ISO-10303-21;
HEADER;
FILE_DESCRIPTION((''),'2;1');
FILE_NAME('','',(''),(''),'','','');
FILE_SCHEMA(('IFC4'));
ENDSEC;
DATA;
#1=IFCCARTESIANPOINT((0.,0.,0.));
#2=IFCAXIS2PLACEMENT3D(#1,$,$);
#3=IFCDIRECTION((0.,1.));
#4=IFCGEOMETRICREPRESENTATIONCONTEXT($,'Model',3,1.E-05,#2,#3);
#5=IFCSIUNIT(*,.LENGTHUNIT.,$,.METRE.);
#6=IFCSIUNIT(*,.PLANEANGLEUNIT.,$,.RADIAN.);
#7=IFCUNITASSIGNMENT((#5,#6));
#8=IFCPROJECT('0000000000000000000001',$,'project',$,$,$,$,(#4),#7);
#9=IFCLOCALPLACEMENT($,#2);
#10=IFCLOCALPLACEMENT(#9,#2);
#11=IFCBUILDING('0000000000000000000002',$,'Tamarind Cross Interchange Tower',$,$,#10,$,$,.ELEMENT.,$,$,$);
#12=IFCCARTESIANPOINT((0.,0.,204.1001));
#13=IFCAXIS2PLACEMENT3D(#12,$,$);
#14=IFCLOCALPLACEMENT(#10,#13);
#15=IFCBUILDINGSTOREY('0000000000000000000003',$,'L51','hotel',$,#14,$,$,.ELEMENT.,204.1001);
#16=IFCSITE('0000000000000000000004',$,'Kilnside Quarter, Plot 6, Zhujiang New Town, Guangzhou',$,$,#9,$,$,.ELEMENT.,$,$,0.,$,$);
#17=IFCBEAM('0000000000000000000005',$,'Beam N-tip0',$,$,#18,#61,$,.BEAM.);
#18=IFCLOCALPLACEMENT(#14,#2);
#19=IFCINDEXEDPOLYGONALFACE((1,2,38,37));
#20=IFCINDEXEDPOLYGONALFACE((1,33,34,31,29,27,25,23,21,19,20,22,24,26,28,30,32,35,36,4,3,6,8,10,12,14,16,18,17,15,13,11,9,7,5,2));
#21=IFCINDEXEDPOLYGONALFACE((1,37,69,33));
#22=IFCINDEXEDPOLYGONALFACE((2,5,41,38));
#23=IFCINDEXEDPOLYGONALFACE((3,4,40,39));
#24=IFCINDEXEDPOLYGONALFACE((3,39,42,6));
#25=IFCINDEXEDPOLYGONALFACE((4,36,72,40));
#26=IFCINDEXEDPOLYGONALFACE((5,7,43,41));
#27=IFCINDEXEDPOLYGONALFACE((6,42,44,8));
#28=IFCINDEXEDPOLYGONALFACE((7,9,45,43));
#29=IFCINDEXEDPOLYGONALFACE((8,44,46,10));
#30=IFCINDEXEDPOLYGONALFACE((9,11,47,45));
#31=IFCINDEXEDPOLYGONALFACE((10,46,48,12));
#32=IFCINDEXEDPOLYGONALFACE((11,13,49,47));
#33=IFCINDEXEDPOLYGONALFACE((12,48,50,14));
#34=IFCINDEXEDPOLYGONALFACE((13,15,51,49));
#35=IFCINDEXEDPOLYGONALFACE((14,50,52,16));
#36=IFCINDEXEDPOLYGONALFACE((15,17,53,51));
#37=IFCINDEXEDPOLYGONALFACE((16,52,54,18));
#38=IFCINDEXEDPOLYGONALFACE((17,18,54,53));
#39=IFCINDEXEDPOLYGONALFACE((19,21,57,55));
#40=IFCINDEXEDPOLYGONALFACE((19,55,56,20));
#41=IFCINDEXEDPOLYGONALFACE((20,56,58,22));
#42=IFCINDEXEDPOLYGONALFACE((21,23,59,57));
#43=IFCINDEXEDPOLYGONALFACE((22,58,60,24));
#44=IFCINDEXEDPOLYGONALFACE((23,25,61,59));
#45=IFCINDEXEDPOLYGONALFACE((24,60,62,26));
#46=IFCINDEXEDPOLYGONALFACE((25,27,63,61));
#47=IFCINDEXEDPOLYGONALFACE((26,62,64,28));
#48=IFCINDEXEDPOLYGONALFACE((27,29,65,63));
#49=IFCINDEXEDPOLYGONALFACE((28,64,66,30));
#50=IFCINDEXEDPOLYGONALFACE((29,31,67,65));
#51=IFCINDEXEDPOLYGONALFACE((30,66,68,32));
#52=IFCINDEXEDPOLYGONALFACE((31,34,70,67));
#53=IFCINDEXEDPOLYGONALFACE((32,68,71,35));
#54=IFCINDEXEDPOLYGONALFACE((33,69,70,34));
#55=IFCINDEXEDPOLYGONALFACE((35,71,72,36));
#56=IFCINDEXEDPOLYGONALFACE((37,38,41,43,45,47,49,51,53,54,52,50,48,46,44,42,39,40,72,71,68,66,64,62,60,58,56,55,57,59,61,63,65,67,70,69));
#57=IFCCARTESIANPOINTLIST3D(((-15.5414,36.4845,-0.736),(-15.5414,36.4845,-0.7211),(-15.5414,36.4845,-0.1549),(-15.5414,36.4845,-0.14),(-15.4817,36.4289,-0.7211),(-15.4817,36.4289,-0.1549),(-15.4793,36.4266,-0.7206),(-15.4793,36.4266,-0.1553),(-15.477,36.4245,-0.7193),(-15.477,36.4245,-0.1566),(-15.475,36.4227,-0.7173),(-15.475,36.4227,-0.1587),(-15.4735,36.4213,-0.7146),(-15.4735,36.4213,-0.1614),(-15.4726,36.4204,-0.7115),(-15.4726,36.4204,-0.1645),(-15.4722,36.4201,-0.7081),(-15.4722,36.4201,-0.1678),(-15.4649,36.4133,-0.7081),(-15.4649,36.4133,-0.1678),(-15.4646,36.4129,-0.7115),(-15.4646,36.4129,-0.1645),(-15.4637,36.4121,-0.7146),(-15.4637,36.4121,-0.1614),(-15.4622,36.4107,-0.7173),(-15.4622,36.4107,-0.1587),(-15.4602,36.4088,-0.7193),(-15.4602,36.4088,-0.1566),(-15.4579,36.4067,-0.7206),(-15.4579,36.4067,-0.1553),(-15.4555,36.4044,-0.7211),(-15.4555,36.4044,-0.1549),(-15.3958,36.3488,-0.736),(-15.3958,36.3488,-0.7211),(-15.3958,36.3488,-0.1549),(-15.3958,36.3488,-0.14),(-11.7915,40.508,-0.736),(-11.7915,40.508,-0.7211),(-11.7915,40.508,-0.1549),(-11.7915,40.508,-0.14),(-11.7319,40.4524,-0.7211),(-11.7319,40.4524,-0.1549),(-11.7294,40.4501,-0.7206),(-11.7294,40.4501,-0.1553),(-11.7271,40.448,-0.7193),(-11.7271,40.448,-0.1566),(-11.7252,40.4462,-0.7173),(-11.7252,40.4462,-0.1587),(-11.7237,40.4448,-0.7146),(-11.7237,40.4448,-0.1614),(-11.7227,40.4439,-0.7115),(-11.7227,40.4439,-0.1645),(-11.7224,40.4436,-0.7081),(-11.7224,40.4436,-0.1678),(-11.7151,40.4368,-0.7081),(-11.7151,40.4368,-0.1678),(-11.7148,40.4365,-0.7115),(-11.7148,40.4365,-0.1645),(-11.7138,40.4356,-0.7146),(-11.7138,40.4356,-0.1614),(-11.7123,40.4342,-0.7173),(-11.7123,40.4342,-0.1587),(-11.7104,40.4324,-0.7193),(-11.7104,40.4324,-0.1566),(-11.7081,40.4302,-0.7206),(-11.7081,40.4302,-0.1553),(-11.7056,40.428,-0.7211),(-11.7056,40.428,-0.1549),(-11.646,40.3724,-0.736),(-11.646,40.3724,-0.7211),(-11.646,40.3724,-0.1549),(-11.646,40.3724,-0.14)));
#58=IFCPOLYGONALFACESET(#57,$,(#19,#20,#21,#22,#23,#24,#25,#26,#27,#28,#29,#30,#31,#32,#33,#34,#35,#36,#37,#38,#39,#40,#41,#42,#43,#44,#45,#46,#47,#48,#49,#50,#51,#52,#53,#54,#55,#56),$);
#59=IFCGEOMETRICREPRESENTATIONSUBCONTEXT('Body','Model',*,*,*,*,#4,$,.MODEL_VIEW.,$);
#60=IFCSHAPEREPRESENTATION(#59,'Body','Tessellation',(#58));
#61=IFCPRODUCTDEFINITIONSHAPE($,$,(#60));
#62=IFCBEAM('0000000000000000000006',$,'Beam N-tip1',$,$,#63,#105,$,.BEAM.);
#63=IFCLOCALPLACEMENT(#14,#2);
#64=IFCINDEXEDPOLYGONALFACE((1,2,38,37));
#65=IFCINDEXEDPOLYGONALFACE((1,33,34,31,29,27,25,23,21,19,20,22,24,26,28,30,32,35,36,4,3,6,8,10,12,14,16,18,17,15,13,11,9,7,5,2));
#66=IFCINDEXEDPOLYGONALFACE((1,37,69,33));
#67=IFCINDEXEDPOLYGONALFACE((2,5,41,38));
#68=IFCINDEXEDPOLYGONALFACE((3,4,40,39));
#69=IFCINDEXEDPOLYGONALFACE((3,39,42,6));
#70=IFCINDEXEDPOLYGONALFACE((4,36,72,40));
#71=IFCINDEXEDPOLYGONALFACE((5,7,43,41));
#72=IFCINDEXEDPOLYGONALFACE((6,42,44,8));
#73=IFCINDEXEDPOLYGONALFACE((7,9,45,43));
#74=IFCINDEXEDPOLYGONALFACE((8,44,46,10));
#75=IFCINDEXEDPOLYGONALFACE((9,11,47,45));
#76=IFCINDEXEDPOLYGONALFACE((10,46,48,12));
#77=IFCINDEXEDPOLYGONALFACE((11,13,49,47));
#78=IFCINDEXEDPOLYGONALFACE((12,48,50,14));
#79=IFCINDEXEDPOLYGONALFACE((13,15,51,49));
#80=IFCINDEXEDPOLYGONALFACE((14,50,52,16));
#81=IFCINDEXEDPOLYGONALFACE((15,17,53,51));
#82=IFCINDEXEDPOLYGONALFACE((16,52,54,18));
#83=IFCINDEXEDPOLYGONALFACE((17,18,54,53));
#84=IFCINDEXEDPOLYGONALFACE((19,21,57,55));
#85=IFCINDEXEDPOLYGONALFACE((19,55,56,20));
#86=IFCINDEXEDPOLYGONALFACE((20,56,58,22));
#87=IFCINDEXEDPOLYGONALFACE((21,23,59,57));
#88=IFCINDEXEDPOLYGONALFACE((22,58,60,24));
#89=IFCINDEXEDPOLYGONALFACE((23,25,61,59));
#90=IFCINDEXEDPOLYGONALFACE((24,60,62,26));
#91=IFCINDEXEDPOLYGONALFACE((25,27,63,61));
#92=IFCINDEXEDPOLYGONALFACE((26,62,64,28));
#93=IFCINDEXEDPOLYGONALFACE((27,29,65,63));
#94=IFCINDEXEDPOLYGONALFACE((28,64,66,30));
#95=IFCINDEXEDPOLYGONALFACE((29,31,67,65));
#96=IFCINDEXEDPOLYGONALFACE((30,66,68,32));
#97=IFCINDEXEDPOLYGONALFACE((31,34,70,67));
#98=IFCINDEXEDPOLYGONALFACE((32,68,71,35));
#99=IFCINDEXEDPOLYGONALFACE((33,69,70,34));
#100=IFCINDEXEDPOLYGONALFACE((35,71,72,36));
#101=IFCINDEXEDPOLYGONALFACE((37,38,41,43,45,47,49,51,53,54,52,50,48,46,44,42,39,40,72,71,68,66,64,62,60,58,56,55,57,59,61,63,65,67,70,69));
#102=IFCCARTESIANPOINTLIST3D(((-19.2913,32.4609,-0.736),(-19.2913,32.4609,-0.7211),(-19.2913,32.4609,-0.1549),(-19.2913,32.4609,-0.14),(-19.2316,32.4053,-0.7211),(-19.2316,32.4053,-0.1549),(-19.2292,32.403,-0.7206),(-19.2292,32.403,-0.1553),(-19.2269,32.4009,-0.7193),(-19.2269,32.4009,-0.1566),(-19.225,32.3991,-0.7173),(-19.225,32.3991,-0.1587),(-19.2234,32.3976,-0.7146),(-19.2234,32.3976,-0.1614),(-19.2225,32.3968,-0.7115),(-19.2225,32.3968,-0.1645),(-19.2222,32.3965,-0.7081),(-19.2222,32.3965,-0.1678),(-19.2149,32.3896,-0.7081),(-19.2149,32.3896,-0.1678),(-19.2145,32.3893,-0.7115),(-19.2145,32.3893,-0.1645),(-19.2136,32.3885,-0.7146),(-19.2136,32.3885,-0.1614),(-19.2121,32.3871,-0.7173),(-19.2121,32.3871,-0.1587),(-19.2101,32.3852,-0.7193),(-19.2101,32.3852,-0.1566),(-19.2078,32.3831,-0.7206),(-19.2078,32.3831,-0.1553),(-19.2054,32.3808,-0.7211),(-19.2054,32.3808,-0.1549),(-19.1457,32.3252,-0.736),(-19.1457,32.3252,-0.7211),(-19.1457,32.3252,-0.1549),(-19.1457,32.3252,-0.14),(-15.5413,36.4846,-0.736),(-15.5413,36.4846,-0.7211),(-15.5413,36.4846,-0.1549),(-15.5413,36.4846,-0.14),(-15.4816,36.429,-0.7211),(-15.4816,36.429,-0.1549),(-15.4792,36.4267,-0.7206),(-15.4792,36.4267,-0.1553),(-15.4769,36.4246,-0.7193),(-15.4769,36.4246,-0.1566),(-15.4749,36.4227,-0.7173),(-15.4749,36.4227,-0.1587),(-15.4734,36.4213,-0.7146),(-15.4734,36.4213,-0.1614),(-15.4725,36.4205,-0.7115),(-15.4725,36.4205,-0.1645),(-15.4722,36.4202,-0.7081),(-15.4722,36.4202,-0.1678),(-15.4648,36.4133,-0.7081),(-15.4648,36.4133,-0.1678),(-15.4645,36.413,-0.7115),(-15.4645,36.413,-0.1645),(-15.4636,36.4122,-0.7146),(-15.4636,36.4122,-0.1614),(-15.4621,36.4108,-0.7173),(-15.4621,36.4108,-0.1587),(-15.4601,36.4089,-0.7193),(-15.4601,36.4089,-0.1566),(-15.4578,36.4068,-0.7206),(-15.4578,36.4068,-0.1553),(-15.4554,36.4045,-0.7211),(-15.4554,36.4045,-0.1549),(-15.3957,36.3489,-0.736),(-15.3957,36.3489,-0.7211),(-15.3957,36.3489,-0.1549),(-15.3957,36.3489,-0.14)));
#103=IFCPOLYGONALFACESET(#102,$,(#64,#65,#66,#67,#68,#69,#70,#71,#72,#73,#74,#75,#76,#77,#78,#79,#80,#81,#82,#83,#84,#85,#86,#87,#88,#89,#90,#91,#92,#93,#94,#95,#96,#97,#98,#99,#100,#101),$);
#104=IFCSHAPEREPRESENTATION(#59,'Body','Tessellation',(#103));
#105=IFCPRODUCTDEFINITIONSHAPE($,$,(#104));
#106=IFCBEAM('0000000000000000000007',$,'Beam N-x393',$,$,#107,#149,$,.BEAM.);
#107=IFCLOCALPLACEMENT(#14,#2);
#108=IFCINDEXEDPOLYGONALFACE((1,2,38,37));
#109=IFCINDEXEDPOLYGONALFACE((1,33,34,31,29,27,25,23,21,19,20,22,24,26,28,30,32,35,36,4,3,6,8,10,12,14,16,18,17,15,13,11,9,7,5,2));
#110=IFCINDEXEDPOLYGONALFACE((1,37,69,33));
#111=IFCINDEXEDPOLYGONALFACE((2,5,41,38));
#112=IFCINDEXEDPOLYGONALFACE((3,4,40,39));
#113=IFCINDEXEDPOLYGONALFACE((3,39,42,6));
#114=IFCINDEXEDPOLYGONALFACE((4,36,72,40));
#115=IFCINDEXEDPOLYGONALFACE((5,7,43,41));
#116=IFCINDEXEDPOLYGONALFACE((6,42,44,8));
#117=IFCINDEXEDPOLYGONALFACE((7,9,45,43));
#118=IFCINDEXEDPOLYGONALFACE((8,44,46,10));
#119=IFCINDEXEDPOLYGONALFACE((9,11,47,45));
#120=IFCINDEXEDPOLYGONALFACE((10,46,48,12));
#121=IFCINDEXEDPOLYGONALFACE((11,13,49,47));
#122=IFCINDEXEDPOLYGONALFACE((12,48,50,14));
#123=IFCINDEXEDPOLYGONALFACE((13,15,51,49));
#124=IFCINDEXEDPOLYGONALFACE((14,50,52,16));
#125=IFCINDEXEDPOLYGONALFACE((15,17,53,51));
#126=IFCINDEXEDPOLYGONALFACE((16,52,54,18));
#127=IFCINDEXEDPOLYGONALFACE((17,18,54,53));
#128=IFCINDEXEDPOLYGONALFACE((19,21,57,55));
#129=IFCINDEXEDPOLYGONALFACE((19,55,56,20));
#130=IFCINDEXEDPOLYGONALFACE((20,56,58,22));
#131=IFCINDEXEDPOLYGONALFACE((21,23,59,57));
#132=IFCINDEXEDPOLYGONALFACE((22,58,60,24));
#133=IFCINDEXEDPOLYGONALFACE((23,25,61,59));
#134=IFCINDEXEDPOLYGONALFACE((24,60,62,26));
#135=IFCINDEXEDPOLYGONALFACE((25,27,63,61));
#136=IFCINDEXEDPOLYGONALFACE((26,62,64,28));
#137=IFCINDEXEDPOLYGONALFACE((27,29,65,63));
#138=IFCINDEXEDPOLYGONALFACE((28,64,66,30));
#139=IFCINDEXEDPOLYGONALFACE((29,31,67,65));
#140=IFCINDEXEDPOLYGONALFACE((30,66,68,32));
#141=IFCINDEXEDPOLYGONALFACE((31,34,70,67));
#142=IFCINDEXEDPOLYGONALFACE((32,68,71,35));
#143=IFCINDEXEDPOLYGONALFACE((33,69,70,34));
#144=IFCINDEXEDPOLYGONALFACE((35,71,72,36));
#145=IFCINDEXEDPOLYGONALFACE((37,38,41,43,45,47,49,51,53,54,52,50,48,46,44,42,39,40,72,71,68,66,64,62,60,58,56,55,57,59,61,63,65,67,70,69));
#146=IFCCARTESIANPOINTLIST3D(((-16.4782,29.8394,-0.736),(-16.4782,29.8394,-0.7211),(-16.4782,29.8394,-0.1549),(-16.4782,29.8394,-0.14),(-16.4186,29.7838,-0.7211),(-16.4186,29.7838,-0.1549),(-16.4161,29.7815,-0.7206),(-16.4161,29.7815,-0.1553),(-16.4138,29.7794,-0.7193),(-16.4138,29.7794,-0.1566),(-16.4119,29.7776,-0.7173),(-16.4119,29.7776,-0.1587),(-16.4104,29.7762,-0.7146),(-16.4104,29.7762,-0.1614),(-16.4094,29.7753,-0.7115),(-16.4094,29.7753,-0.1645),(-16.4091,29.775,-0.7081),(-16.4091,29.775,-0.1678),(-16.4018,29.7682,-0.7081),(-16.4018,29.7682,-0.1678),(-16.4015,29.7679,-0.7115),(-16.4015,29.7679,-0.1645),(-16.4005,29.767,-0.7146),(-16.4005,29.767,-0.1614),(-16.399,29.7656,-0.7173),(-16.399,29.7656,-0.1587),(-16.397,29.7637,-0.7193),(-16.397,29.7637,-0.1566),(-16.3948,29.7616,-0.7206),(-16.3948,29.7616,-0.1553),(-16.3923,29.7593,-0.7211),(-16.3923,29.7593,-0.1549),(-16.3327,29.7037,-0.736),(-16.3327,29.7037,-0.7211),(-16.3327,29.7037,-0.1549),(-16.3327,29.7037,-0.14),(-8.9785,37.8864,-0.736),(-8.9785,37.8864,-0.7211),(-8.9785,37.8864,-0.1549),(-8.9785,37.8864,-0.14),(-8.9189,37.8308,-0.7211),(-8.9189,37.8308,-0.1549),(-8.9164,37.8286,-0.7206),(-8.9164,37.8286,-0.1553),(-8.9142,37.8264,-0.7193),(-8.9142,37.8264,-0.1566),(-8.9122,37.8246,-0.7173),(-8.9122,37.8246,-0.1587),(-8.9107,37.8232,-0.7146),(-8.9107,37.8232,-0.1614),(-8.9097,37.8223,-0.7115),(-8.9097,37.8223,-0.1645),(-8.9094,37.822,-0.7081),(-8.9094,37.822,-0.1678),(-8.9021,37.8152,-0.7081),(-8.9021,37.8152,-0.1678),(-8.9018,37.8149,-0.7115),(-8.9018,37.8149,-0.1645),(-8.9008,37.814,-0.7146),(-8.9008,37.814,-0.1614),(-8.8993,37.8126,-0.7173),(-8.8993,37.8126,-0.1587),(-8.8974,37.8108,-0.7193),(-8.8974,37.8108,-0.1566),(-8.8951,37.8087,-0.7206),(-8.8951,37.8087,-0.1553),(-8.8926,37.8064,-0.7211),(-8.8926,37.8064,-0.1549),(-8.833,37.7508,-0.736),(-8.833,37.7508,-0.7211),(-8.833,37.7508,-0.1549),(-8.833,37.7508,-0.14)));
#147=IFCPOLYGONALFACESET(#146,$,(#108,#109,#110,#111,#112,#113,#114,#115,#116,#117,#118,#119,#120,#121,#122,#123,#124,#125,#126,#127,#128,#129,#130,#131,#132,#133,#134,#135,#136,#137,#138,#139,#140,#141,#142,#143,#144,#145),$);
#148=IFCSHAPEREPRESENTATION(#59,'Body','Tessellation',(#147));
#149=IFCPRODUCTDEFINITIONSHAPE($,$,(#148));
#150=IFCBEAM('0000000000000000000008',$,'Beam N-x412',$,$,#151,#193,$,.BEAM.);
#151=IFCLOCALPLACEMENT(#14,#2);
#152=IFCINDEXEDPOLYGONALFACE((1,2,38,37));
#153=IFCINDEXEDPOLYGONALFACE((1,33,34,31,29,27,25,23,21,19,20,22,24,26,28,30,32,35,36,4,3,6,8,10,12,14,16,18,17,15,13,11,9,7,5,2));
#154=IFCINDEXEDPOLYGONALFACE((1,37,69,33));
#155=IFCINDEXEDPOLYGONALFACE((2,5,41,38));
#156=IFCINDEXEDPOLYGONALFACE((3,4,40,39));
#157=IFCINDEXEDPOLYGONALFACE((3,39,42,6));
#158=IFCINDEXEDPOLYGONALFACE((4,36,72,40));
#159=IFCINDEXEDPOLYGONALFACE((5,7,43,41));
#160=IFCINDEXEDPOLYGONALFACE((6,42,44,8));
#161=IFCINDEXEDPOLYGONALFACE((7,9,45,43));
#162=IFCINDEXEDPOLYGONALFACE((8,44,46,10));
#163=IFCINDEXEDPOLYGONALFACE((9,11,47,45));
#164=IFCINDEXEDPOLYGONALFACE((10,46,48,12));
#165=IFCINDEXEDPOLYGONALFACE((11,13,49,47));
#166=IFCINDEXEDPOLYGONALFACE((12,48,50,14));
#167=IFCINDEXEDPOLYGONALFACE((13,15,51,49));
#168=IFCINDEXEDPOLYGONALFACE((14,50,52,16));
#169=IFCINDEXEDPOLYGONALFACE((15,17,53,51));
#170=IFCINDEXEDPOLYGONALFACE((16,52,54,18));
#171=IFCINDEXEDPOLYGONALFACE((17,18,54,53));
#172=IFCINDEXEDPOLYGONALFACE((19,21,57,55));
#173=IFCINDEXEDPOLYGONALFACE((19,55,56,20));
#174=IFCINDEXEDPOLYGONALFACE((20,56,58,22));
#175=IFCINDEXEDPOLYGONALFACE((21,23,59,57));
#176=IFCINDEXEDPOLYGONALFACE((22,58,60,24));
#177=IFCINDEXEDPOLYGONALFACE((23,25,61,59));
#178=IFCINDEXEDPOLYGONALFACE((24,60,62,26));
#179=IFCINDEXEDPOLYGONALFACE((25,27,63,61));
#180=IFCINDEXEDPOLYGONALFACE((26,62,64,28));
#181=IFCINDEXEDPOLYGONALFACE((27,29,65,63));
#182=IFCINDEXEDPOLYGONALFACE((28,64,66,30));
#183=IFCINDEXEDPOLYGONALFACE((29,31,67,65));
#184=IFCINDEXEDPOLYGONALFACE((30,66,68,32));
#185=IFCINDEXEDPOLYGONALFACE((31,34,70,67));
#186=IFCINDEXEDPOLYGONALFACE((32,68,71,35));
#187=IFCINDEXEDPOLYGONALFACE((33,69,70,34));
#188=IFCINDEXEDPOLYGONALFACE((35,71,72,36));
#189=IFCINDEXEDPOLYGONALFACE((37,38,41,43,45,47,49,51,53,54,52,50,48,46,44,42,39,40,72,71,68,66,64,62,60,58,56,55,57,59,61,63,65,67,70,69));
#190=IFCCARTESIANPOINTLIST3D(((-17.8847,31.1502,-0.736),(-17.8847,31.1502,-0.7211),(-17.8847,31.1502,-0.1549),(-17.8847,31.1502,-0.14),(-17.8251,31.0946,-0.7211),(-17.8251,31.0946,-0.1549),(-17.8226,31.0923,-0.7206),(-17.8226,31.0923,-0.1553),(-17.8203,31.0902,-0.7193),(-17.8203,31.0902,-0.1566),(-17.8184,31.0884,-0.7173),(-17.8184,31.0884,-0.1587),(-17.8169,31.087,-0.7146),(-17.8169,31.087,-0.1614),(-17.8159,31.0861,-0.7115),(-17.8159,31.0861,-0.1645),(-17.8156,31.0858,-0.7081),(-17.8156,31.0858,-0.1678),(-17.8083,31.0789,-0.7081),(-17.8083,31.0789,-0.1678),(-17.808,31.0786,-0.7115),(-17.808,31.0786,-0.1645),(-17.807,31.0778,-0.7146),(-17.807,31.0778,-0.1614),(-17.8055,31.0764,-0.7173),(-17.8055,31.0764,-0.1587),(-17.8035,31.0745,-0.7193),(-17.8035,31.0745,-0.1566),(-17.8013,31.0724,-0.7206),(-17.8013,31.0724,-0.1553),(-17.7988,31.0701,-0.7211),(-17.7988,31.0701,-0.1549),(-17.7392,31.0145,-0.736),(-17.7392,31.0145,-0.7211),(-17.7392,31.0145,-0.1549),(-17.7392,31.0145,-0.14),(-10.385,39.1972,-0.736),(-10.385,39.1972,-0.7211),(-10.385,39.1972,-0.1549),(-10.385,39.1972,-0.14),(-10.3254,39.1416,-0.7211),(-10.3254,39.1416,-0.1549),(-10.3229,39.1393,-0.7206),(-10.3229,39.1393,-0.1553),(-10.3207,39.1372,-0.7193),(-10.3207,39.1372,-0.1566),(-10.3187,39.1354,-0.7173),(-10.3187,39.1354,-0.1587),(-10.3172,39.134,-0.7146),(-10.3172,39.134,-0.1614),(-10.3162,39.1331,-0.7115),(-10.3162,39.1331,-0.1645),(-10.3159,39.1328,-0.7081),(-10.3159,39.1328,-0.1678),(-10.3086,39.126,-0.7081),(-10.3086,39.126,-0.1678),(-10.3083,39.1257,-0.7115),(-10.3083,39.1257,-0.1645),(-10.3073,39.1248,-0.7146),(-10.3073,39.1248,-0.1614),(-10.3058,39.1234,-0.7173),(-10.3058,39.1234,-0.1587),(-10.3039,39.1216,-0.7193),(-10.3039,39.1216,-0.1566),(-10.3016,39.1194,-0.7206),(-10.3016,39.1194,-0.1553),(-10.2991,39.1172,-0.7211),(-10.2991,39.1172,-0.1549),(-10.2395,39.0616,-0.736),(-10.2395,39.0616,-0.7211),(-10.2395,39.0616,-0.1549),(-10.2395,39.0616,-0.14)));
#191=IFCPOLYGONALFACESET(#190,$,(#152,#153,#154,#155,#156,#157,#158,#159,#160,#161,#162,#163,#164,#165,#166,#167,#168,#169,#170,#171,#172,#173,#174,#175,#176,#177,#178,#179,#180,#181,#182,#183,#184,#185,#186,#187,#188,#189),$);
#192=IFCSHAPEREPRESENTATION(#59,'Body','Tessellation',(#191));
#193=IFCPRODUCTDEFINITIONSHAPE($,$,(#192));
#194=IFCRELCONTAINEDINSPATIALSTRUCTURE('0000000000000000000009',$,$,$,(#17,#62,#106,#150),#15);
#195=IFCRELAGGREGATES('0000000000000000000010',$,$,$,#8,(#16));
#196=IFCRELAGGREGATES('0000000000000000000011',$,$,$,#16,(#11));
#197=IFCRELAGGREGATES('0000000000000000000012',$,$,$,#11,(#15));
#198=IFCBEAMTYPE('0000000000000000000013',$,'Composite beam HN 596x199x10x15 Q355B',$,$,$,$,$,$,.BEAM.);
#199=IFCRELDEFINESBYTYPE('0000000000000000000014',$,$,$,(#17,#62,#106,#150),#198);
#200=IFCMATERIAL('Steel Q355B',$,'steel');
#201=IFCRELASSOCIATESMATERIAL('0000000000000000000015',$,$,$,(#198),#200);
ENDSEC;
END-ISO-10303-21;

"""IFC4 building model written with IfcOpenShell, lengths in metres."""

from ifc_helpers import new_model, si_unit, direction, frame, origin, origin_2d, place, context, subcontext, project, spatial, i_section, extrude, material, material_profile, profile_set, type_object, element, save


model = new_model("IFC4")

# Units and contexts
model_context = context("Model", 3, precision=1e-05, world=origin(), true_north=direction((0.0, 1.0)))
body_context = subcontext(model_context, "Body", "Model", "MODEL_VIEW")
ifc_project = project(units=[si_unit("LENGTHUNIT", "METRE"), si_unit("PLANEANGLEUNIT", "RADIAN")], contexts=[model_context])

# Site, building, storey
site_placement = place(None, origin())
site = spatial("IfcSite", under=ifc_project, at=site_placement, Name="Kilnside Quarter, Plot 6, Zhujiang New Town, Guangzhou", CompositionType="ELEMENT", RefElevation=0.0)
building_placement = place(site_placement, origin())
building = spatial("IfcBuilding", under=site, at=building_placement, Name="Tamarind Cross Interchange Tower", CompositionType="ELEMENT")
storey_placement = place(building_placement, frame((0.0, 0.0, 204.1001)))
storey = spatial("IfcBuildingStorey", under=building, at=storey_placement, Name="L51", Description="hotel", CompositionType="ELEMENT", Elevation=204.1001)

# Beams
ifc_material_1 = material(Name="Steel Q355B", Category="steel")
ifc_material_profile_1 = material_profile(ifc_material_1, i_section(OverallWidth=0.199, OverallDepth=0.5959, WebThickness=0.01, FlangeThickness=0.0149, FilletRadius=0.0129, at=origin_2d()), Name="HN 596x199x10x15")
ifc_profile_set_1 = profile_set([ifc_material_profile_1], Name="Steel Q355B")
beam_type_1 = type_object("IfcBeamType", Name="Composite beam HN 596x199x10x15 Q355B", PredefinedType="BEAM", material=ifc_profile_set_1)
beam_1_placement = place(storey_placement, frame((-11.7188, 40.4402, -0.438), z_axis=(-0.681788, -0.73155, 0.0), x_axis=(0.73155, -0.681788, 0.0)))
element("IfcBeam", 1, at=beam_1_placement, inside=storey, type_object=beam_type_1, Name="Beam N-tip0", PredefinedType="BEAM", context=body_context, shape_type="SweptSolid", body=[
    extrude(i_section(OverallWidth=0.199, OverallDepth=0.5959, WebThickness=0.01, FlangeThickness=0.0149, FilletRadius=0.0129, at=origin_2d()), origin(), (0.0, 0.0, 1.0), 5.5),
])
beam_2_placement = place(storey_placement, frame((-15.4685, 36.4167, -0.438), z_axis=(-0.68179, -0.731548, 0.0), x_axis=(0.731548, -0.68179, 0.0)))
element("IfcBeam", 2, at=beam_2_placement, inside=storey, type_object=beam_type_1, Name="Beam N-tip1", PredefinedType="BEAM", context=body_context, shape_type="SweptSolid", body=[
    extrude(i_section(OverallWidth=0.199, OverallDepth=0.5959, WebThickness=0.01, FlangeThickness=0.0149, FilletRadius=0.0129, at=origin_2d()), origin(), (0.0, 0.0, 1.0), 5.5002),
])
for number, where, z_axis, x_axis, name in (
    (3, (-8.9058, 37.8186, -0.438), (-0.681789, -0.731549, 0.0), (0.731549, -0.681789, 0.0), "Beam N-x393"),
    (4, (-10.3123, 39.1294, -0.438), (-0.681789, -0.731549, 0.0), (0.731549, -0.681789, 0.0), "Beam N-x412"),
):
    element("IfcBeam", number, at=place(storey_placement, frame(where, z_axis=z_axis, x_axis=x_axis)), inside=storey, type_object=beam_type_1, Name=name, PredefinedType="BEAM", context=body_context, shape_type="SweptSolid", body=[
        extrude(i_section(OverallWidth=0.199, OverallDepth=0.5959, WebThickness=0.01, FlangeThickness=0.0149, FilletRadius=0.0129, at=origin_2d()), origin(), (0.0, 0.0, 1.0), 11.0),
    ])

save(model, "model.ifc")
